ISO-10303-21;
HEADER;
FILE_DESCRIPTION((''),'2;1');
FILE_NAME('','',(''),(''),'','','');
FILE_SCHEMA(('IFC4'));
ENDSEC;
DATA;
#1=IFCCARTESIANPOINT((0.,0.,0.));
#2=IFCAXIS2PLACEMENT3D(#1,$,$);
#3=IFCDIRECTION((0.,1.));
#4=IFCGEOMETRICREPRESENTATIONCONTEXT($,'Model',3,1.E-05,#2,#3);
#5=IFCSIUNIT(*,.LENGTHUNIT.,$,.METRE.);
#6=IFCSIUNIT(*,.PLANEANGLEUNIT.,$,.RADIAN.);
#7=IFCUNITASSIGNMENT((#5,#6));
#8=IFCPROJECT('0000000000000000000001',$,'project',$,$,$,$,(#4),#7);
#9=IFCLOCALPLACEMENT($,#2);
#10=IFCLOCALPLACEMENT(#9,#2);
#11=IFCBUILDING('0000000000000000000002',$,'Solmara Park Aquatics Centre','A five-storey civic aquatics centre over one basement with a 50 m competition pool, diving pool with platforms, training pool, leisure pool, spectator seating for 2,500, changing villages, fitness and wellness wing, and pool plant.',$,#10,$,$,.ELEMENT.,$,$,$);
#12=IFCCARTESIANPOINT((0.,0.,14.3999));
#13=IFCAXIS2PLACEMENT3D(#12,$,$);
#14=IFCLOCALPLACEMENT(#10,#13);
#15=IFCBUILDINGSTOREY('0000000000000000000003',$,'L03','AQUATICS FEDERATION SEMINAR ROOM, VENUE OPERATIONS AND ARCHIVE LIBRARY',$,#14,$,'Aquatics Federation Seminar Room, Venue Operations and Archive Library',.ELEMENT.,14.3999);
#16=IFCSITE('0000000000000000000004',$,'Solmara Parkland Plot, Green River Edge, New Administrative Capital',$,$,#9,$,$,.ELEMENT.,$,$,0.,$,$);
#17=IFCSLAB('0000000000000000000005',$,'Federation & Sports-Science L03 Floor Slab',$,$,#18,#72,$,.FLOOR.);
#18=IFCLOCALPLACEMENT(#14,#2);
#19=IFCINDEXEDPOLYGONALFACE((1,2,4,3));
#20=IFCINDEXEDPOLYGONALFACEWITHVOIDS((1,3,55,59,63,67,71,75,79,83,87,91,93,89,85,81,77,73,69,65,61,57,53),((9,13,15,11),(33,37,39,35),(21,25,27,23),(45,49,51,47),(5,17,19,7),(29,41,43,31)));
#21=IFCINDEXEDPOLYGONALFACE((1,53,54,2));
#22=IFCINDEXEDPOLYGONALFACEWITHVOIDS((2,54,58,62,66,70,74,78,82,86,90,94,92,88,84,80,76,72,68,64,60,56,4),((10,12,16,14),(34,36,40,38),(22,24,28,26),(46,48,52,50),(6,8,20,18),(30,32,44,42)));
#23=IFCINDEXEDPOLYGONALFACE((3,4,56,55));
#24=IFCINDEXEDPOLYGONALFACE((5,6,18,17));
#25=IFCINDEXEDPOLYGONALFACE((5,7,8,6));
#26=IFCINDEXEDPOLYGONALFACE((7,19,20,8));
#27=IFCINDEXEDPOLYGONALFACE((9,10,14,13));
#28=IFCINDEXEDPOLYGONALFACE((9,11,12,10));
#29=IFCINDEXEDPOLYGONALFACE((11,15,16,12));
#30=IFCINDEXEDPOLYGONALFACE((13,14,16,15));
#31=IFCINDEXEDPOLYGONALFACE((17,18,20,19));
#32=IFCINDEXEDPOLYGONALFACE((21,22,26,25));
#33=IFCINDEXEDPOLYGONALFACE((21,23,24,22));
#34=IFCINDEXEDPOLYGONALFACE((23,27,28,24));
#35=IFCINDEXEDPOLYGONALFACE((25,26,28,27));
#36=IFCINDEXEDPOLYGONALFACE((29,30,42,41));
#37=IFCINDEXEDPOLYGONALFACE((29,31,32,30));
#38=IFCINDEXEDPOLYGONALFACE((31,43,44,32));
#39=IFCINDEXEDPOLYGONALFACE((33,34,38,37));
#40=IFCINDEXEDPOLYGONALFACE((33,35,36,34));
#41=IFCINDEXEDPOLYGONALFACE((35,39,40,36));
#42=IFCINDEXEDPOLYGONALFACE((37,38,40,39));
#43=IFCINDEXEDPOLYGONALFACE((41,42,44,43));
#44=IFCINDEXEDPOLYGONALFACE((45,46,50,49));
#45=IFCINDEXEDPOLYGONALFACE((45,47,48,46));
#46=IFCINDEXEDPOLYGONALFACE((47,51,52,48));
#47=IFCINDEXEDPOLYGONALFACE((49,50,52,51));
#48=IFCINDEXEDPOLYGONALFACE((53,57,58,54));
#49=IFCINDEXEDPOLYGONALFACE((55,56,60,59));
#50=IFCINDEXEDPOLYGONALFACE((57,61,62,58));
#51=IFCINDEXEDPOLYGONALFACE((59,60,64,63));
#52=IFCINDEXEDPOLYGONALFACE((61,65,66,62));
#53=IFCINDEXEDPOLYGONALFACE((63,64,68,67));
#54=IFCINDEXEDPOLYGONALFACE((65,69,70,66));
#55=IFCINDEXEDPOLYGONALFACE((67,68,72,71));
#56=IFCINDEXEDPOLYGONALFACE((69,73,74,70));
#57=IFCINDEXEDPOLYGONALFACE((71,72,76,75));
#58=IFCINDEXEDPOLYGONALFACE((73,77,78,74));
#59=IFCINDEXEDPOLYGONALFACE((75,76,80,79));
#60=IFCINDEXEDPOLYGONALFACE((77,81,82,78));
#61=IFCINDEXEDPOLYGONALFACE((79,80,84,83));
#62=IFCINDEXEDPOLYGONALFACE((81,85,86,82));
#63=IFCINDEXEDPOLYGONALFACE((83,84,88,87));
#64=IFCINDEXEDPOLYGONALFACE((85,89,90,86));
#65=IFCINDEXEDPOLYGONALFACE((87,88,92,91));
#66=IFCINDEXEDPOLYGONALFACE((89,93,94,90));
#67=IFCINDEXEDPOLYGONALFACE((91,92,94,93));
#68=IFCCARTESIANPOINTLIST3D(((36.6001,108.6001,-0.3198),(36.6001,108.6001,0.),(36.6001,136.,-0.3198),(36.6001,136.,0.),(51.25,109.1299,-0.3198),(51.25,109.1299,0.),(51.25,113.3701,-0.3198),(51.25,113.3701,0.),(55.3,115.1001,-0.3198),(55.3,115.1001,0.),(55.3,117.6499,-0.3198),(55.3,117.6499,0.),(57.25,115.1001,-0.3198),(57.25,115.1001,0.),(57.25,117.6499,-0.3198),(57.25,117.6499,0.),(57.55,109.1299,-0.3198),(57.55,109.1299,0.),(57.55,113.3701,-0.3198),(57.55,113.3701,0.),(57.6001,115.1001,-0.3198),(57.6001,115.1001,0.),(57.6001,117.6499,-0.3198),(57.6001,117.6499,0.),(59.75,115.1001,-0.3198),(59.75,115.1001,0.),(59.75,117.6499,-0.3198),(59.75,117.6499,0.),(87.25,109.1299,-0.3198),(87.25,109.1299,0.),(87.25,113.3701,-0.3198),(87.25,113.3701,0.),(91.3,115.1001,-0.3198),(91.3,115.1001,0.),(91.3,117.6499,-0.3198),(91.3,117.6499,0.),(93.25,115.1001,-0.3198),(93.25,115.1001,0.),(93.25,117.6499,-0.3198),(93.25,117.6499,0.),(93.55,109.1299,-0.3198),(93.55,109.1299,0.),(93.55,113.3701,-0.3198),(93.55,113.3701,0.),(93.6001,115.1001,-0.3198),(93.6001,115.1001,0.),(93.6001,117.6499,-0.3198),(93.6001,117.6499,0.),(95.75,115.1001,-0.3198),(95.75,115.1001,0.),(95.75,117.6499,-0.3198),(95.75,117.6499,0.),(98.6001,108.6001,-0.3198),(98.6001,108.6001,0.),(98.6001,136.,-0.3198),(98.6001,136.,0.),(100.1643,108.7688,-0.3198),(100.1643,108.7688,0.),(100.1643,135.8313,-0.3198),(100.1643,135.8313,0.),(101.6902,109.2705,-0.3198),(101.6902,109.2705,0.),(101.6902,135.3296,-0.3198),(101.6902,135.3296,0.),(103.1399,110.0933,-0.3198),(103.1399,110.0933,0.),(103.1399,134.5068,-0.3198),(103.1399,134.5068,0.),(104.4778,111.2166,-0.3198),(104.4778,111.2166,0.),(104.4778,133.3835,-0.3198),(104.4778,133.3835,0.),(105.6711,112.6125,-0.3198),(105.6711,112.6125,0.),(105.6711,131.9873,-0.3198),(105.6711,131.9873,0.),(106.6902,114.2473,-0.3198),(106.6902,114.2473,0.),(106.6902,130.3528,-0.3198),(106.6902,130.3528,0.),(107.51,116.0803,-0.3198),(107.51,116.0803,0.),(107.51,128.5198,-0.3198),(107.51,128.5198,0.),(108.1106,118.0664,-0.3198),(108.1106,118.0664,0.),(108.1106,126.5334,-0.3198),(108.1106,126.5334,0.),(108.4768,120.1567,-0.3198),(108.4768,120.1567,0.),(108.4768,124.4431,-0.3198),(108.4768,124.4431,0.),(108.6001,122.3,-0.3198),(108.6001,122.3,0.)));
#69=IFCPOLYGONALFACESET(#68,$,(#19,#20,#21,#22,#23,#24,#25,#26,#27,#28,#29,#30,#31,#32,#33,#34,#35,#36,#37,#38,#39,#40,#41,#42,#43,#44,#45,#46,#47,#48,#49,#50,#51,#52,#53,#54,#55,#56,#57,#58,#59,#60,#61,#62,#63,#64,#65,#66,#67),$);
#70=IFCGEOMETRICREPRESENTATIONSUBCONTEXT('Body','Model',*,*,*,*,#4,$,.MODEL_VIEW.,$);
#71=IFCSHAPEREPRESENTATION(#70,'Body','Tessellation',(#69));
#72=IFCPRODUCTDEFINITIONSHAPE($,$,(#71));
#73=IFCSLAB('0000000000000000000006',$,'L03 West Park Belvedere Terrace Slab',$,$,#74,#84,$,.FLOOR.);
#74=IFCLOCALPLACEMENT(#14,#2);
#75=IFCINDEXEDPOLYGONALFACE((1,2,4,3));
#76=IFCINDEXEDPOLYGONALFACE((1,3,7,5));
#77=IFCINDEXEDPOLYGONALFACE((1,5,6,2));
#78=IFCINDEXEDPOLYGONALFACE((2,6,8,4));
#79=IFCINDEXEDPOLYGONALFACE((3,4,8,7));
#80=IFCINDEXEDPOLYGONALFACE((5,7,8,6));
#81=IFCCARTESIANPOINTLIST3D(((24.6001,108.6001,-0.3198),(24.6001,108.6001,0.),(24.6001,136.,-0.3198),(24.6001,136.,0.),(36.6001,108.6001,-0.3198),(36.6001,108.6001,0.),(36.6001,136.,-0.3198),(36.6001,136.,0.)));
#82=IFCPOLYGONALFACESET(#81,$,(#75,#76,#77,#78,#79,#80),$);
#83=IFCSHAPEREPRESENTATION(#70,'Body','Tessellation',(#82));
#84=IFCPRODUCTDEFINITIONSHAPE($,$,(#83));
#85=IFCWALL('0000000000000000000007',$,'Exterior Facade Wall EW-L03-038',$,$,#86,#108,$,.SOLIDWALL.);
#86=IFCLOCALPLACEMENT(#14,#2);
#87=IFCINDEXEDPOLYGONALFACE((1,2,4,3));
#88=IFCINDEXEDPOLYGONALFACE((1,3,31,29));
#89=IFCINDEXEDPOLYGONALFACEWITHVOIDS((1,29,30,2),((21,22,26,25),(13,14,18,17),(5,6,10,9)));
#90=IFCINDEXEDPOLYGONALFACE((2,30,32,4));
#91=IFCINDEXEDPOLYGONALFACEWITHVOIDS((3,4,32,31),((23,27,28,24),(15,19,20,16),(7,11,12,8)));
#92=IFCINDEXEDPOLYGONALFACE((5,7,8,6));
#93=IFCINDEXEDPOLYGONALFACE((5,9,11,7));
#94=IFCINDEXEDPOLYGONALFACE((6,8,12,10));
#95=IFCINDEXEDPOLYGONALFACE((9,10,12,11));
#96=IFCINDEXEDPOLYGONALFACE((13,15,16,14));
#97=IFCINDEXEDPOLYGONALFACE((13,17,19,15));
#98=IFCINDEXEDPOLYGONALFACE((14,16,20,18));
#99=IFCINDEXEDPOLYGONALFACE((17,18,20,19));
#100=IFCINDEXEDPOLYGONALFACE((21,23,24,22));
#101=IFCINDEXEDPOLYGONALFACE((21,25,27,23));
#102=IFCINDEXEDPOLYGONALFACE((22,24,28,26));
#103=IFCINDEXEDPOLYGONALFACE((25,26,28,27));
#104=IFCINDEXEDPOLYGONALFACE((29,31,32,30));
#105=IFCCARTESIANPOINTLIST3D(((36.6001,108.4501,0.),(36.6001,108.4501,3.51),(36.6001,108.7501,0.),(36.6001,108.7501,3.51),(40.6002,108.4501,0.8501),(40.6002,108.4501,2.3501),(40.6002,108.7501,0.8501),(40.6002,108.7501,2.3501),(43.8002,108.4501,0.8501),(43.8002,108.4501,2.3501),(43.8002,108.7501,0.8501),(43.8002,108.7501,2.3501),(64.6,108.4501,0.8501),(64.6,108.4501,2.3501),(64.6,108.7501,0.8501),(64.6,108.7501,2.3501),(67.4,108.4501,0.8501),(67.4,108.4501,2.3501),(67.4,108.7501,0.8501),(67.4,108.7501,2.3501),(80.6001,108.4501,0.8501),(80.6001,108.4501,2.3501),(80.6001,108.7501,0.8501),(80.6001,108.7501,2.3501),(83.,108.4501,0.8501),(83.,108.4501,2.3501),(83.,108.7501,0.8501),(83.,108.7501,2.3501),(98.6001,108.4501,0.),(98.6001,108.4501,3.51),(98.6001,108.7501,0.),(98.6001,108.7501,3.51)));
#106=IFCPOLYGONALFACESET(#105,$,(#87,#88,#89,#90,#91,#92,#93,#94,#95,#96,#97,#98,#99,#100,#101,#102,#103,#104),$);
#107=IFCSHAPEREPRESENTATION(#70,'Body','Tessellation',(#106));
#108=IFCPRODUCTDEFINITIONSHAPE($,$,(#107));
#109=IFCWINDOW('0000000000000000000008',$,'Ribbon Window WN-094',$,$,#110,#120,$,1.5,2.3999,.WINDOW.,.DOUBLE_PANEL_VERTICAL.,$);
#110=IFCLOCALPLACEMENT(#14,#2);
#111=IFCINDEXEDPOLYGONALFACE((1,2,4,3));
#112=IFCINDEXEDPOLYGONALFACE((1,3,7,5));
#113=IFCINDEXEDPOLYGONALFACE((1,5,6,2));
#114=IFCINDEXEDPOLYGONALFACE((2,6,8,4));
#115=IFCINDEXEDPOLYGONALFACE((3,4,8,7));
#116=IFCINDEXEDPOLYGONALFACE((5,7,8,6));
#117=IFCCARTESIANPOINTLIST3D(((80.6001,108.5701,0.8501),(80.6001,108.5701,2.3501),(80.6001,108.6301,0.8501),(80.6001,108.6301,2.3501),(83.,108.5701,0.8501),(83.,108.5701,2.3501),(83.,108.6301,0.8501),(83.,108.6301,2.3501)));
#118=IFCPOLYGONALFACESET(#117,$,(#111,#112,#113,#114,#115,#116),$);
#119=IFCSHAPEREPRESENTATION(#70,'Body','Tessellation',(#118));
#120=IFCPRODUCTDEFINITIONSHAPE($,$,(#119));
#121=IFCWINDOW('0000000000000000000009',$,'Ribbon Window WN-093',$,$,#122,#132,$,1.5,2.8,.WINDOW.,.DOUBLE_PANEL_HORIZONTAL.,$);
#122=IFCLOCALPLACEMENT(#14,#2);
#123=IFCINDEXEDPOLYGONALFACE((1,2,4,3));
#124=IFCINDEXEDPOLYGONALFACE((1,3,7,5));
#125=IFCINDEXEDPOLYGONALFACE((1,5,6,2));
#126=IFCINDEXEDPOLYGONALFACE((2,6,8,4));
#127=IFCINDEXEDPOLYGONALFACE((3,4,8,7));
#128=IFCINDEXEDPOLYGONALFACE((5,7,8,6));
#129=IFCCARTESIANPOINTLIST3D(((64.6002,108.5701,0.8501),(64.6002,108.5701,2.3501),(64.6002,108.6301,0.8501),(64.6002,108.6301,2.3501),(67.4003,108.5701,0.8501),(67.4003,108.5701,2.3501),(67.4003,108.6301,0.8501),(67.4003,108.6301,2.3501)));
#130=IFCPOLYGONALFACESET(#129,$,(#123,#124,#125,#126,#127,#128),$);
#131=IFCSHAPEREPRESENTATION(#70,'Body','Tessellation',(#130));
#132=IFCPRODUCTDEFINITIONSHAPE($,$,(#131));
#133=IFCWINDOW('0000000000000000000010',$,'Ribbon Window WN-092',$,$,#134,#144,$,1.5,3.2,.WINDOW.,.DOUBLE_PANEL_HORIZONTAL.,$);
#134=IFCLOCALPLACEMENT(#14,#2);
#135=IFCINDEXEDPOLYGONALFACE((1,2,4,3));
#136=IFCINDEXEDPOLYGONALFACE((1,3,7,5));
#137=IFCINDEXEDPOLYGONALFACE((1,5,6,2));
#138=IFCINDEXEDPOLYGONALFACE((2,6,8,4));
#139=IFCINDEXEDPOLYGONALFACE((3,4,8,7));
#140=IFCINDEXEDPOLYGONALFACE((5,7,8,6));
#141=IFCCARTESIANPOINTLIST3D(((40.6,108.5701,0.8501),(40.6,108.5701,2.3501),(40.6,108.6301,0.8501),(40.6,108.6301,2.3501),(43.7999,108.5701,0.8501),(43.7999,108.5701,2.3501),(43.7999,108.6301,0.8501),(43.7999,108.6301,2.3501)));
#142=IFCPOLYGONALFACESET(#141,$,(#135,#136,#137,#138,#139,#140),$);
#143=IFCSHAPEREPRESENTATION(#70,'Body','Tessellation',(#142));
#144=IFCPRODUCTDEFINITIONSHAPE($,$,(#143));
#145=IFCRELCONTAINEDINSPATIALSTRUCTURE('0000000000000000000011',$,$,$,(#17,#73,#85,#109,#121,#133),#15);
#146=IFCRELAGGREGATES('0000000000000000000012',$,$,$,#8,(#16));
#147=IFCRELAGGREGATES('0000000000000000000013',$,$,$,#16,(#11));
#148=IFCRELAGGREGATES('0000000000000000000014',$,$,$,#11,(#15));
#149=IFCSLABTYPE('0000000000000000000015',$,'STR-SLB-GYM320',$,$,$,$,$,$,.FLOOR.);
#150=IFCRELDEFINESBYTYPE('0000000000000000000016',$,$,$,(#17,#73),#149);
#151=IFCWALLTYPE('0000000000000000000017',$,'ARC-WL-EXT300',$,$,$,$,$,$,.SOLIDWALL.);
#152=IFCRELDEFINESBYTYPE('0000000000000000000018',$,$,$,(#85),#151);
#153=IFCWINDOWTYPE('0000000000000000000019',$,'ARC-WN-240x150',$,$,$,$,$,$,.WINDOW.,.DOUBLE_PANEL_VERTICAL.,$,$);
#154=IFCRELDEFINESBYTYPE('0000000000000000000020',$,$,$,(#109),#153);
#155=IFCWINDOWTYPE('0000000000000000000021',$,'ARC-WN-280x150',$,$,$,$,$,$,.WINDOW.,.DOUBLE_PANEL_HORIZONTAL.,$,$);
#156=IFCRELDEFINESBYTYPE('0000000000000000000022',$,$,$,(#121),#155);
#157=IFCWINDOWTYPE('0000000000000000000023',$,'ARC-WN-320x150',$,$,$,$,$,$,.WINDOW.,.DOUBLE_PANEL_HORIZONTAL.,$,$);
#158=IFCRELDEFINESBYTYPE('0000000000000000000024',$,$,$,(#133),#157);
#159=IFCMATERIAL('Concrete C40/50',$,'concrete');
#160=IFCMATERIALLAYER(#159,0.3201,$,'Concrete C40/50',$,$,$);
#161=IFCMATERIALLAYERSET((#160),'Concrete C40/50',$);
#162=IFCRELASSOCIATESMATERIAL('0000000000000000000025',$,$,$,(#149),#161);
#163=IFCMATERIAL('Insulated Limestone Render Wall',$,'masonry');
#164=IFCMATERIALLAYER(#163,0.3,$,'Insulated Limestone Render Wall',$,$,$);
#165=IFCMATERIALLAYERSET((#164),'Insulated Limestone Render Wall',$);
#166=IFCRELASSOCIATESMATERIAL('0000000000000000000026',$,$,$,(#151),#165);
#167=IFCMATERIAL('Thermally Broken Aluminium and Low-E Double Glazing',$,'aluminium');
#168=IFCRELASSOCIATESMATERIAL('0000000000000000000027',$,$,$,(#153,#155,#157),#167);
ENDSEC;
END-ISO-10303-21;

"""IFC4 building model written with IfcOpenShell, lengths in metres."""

from ifc_helpers import new_model, si_unit, direction, frame, frame_2d, origin, place, context, subcontext, project, spatial, polyline, rectangle, outline, extrude, material, layer, layer_set, type_object, element, fill, save


model = new_model("IFC4")

# Units and contexts
model_context = context("Model", 3, precision=1e-05, world=origin(), true_north=direction((0.0, 1.0)))
body_context = subcontext(model_context, "Body", "Model", "MODEL_VIEW")
ifc_project = project(units=[si_unit("LENGTHUNIT", "METRE"), si_unit("PLANEANGLEUNIT", "RADIAN")], contexts=[model_context])

# Site, building, storey
site_placement = place(None, origin())
site = spatial("IfcSite", under=ifc_project, at=site_placement, Name="Solmara Parkland Plot, Green River Edge, New Administrative Capital", CompositionType="ELEMENT", RefElevation=0.0)
building_placement = place(site_placement, origin())
building = spatial("IfcBuilding", under=site, at=building_placement, Name="Solmara Park Aquatics Centre", Description="A five-storey civic aquatics centre over one basement with a 50 m competition pool, diving pool with platforms, training pool, leisure pool, spectator seating for 2,500, changing villages, fitness and wellness wing, and pool plant.", CompositionType="ELEMENT")
storey_placement = place(building_placement, frame((0.0, 0.0, 14.3999)))
storey = spatial("IfcBuildingStorey", under=building, at=storey_placement, Name="L03", Description="AQUATICS FEDERATION SEMINAR ROOM, VENUE OPERATIONS AND ARCHIVE LIBRARY", LongName="Aquatics Federation Seminar Room, Venue Operations and Archive Library", CompositionType="ELEMENT", Elevation=14.3999)

# Shared definitions
ifc_material_1 = material(Name="Concrete C40/50", Category="concrete")

# Slabs
ifc_layer_1 = layer(ifc_material_1, 0.3201, Name="Concrete C40/50")
ifc_layer_set_1 = layer_set([ifc_layer_1], Name="Concrete C40/50")
slab_type_1 = type_object("IfcSlabType", Name="STR-SLB-GYM320", PredefinedType="FLOOR", material=ifc_layer_set_1)
slab_1_placement = place(storey_placement, frame((0.0, 0.0, -0.3198)))
element("IfcSlab", 1, at=slab_1_placement, inside=storey, type_object=slab_type_1, Name="Federation & Sports-Science L03 Floor Slab", PredefinedType="FLOOR", context=body_context, shape_type="SweptSolid", body=[
    extrude(outline(polyline([(36.6001, 108.6001), (98.6001, 108.6001), (100.1643, 108.7688), (101.6902, 109.2705), (103.1399, 110.0933), (104.4778, 111.2166), (105.6711, 112.6125), (106.6902, 114.2473), (107.51, 116.0803), (108.1106, 118.0664), (108.4768, 120.1567), (108.6001, 122.3), (108.4768, 124.4431), (108.1106, 126.5334), (107.51, 128.5198), (106.6902, 130.3528), (105.6711, 131.9873), (104.4778, 133.3835), (103.1399, 134.5068), (101.6902, 135.3296), (100.1643, 135.8313), (98.6001, 136.0), (36.6001, 136.0), (36.6001, 108.6001)]), holes=[polyline([(51.25, 109.1299), (57.55, 109.1299), (57.55, 113.3701), (51.25, 113.3701), (51.25, 109.1299)]), polyline([(57.6001, 115.1001), (59.75, 115.1001), (59.75, 117.6499), (57.6001, 117.6499), (57.6001, 115.1001)]), polyline([(55.3, 115.1001), (57.25, 115.1001), (57.25, 117.6499), (55.3, 117.6499), (55.3, 115.1001)]), polyline([(87.25, 109.1299), (93.55, 109.1299), (93.55, 113.3701), (87.25, 113.3701), (87.25, 109.1299)]), polyline([(93.6001, 115.1001), (95.75, 115.1001), (95.75, 117.6499), (93.6001, 117.6499), (93.6001, 115.1001)]), polyline([(91.3, 115.1001), (93.25, 115.1001), (93.25, 117.6499), (91.3, 117.6499), (91.3, 115.1001)])]), origin(), (0.0, 0.0, 1.0), 0.3198),
])
slab_2_placement = place(storey_placement, frame((0.0, 0.0, -0.3198)))
element("IfcSlab", 2, at=slab_2_placement, inside=storey, type_object=slab_type_1, Name="L03 West Park Belvedere Terrace Slab", PredefinedType="FLOOR", context=body_context, shape_type="SweptSolid", body=[
    extrude(outline(polyline([(24.6001, 108.6001), (36.6001, 108.6001), (36.6001, 136.0), (24.6001, 136.0), (24.6001, 108.6001)])), origin(), (0.0, 0.0, 1.0), 0.3198),
])

# Wall, openings, windows
ifc_material_2 = material(Name="Insulated Limestone Render Wall", Category="masonry")
ifc_layer_2 = layer(ifc_material_2, 0.3, Name="Insulated Limestone Render Wall")
ifc_layer_set_2 = layer_set([ifc_layer_2], Name="Insulated Limestone Render Wall")
wall_type = type_object("IfcWallType", Name="ARC-WL-EXT300", PredefinedType="SOLIDWALL", material=ifc_layer_set_2)
wall_1_placement = place(storey_placement, frame((36.6001, 108.6001, 0.0), z_axis=(0.0, 0.0, 1.0), x_axis=(1.0, 0.0, 0.0)))
wall_1 = element("IfcWall", 3, at=wall_1_placement, inside=storey, type_object=wall_type, Name="Exterior Facade Wall EW-L03-038", PredefinedType="SOLIDWALL", context=body_context, shape_type="SweptSolid", body=[
    extrude(rectangle(XDim=62.0, YDim=0.3, at=frame_2d((31.0, 0.0))), origin(), (0.0, 0.0, 1.0), 3.51),
])
opening_1_placement = place(wall_1_placement, frame((4.0, 0.0, 0.8501)))
opening_1 = element("IfcOpeningElement", 4, at=opening_1_placement, cuts=wall_1, PredefinedType="OPENING", context=body_context, shape_type="SweptSolid", body=[
    extrude(rectangle(XDim=3.2, YDim=1.5, at=frame_2d((1.6001, 0.75))), frame((0.0, 0.1599, 0.0), z_axis=(0.0, -1.0, 0.0), x_axis=(1.0, 0.0, 0.0)), (0.0, 0.0, 1.0), 0.3201),
])
opening_2_placement = place(wall_1_placement, frame((28.0, 0.0, 0.8501)))
opening_2 = element("IfcOpeningElement", 5, at=opening_2_placement, cuts=wall_1, PredefinedType="OPENING", context=body_context, shape_type="SweptSolid", body=[
    extrude(rectangle(XDim=2.8, YDim=1.5, at=frame_2d((1.3999, 0.75))), frame((0.0, 0.1599, 0.0), z_axis=(0.0, -1.0, 0.0), x_axis=(1.0, 0.0, 0.0)), (0.0, 0.0, 1.0), 0.3201),
])
opening_3_placement = place(wall_1_placement, frame((44.0, 0.0, 0.8501)))
opening_3 = element("IfcOpeningElement", 6, at=opening_3_placement, cuts=wall_1, PredefinedType="OPENING", context=body_context, shape_type="SweptSolid", body=[
    extrude(rectangle(XDim=2.3999, YDim=1.5, at=frame_2d((1.2, 0.75))), frame((0.0, 0.1599, 0.0), z_axis=(0.0, -1.0, 0.0), x_axis=(1.0, 0.0, 0.0)), (0.0, 0.0, 1.0), 0.3201),
])
ifc_material_3 = material(Name="Thermally Broken Aluminium and Low-E Double Glazing", Category="aluminium")
window_type_1 = type_object("IfcWindowType", Name="ARC-WN-240x150", PartitioningType="DOUBLE_PANEL_VERTICAL", PredefinedType="WINDOW", material=ifc_material_3)
window_1_placement = place(opening_3_placement, frame((2.3999, 0.0, 0.0), z_axis=(0.0, 0.0, 1.0), x_axis=(-1.0, 0.0, 0.0)))
window_1 = element("IfcWindow", 7, at=window_1_placement, inside=storey, type_object=window_type_1, Name="Ribbon Window WN-094", OverallHeight=1.5, OverallWidth=2.3999, PartitioningType="DOUBLE_PANEL_VERTICAL", PredefinedType="WINDOW", context=body_context, shape_type="SweptSolid", body=[
    extrude(rectangle(XDim=2.3999, YDim=1.5, at=frame_2d((1.2, 0.75))), frame((0.0, 0.03, 0.0), z_axis=(0.0, -1.0, 0.0), x_axis=(1.0, 0.0, 0.0)), (0.0, 0.0, 1.0), 0.0601),
])
fill(opening_3, window_1)
window_type_2 = type_object("IfcWindowType", Name="ARC-WN-280x150", PartitioningType="DOUBLE_PANEL_HORIZONTAL", PredefinedType="WINDOW", material=ifc_material_3)
window_2_placement = place(opening_2_placement, frame((2.8, 0.0, 0.0), z_axis=(0.0, 0.0, 1.0), x_axis=(-1.0, 0.0, 0.0)))
window_2 = element("IfcWindow", 8, at=window_2_placement, inside=storey, type_object=window_type_2, Name="Ribbon Window WN-093", OverallHeight=1.5, OverallWidth=2.8, PartitioningType="DOUBLE_PANEL_HORIZONTAL", PredefinedType="WINDOW", context=body_context, shape_type="SweptSolid", body=[
    extrude(rectangle(XDim=2.8, YDim=1.5, at=frame_2d((1.3999, 0.75))), frame((0.0, 0.03, 0.0), z_axis=(0.0, -1.0, 0.0), x_axis=(1.0, 0.0, 0.0)), (0.0, 0.0, 1.0), 0.0601),
])
fill(opening_2, window_2)
window_type_3 = type_object("IfcWindowType", Name="ARC-WN-320x150", PartitioningType="DOUBLE_PANEL_HORIZONTAL", PredefinedType="WINDOW", material=ifc_material_3)
window_3_placement = place(opening_1_placement, frame((3.2, 0.0, 0.0), z_axis=(0.0, 0.0, 1.0), x_axis=(-1.0, 0.0, 0.0)))
window_3 = element("IfcWindow", 9, at=window_3_placement, inside=storey, type_object=window_type_3, Name="Ribbon Window WN-092", OverallHeight=1.5, OverallWidth=3.2, PartitioningType="DOUBLE_PANEL_HORIZONTAL", PredefinedType="WINDOW", context=body_context, shape_type="SweptSolid", body=[
    extrude(rectangle(XDim=3.2, YDim=1.5, at=frame_2d((1.6001, 0.75))), frame((0.0, 0.03, 0.0), z_axis=(0.0, -1.0, 0.0), x_axis=(1.0, 0.0, 0.0)), (0.0, 0.0, 1.0), 0.0601),
])
fill(opening_1, window_3)

save(model, "model.ifc")
